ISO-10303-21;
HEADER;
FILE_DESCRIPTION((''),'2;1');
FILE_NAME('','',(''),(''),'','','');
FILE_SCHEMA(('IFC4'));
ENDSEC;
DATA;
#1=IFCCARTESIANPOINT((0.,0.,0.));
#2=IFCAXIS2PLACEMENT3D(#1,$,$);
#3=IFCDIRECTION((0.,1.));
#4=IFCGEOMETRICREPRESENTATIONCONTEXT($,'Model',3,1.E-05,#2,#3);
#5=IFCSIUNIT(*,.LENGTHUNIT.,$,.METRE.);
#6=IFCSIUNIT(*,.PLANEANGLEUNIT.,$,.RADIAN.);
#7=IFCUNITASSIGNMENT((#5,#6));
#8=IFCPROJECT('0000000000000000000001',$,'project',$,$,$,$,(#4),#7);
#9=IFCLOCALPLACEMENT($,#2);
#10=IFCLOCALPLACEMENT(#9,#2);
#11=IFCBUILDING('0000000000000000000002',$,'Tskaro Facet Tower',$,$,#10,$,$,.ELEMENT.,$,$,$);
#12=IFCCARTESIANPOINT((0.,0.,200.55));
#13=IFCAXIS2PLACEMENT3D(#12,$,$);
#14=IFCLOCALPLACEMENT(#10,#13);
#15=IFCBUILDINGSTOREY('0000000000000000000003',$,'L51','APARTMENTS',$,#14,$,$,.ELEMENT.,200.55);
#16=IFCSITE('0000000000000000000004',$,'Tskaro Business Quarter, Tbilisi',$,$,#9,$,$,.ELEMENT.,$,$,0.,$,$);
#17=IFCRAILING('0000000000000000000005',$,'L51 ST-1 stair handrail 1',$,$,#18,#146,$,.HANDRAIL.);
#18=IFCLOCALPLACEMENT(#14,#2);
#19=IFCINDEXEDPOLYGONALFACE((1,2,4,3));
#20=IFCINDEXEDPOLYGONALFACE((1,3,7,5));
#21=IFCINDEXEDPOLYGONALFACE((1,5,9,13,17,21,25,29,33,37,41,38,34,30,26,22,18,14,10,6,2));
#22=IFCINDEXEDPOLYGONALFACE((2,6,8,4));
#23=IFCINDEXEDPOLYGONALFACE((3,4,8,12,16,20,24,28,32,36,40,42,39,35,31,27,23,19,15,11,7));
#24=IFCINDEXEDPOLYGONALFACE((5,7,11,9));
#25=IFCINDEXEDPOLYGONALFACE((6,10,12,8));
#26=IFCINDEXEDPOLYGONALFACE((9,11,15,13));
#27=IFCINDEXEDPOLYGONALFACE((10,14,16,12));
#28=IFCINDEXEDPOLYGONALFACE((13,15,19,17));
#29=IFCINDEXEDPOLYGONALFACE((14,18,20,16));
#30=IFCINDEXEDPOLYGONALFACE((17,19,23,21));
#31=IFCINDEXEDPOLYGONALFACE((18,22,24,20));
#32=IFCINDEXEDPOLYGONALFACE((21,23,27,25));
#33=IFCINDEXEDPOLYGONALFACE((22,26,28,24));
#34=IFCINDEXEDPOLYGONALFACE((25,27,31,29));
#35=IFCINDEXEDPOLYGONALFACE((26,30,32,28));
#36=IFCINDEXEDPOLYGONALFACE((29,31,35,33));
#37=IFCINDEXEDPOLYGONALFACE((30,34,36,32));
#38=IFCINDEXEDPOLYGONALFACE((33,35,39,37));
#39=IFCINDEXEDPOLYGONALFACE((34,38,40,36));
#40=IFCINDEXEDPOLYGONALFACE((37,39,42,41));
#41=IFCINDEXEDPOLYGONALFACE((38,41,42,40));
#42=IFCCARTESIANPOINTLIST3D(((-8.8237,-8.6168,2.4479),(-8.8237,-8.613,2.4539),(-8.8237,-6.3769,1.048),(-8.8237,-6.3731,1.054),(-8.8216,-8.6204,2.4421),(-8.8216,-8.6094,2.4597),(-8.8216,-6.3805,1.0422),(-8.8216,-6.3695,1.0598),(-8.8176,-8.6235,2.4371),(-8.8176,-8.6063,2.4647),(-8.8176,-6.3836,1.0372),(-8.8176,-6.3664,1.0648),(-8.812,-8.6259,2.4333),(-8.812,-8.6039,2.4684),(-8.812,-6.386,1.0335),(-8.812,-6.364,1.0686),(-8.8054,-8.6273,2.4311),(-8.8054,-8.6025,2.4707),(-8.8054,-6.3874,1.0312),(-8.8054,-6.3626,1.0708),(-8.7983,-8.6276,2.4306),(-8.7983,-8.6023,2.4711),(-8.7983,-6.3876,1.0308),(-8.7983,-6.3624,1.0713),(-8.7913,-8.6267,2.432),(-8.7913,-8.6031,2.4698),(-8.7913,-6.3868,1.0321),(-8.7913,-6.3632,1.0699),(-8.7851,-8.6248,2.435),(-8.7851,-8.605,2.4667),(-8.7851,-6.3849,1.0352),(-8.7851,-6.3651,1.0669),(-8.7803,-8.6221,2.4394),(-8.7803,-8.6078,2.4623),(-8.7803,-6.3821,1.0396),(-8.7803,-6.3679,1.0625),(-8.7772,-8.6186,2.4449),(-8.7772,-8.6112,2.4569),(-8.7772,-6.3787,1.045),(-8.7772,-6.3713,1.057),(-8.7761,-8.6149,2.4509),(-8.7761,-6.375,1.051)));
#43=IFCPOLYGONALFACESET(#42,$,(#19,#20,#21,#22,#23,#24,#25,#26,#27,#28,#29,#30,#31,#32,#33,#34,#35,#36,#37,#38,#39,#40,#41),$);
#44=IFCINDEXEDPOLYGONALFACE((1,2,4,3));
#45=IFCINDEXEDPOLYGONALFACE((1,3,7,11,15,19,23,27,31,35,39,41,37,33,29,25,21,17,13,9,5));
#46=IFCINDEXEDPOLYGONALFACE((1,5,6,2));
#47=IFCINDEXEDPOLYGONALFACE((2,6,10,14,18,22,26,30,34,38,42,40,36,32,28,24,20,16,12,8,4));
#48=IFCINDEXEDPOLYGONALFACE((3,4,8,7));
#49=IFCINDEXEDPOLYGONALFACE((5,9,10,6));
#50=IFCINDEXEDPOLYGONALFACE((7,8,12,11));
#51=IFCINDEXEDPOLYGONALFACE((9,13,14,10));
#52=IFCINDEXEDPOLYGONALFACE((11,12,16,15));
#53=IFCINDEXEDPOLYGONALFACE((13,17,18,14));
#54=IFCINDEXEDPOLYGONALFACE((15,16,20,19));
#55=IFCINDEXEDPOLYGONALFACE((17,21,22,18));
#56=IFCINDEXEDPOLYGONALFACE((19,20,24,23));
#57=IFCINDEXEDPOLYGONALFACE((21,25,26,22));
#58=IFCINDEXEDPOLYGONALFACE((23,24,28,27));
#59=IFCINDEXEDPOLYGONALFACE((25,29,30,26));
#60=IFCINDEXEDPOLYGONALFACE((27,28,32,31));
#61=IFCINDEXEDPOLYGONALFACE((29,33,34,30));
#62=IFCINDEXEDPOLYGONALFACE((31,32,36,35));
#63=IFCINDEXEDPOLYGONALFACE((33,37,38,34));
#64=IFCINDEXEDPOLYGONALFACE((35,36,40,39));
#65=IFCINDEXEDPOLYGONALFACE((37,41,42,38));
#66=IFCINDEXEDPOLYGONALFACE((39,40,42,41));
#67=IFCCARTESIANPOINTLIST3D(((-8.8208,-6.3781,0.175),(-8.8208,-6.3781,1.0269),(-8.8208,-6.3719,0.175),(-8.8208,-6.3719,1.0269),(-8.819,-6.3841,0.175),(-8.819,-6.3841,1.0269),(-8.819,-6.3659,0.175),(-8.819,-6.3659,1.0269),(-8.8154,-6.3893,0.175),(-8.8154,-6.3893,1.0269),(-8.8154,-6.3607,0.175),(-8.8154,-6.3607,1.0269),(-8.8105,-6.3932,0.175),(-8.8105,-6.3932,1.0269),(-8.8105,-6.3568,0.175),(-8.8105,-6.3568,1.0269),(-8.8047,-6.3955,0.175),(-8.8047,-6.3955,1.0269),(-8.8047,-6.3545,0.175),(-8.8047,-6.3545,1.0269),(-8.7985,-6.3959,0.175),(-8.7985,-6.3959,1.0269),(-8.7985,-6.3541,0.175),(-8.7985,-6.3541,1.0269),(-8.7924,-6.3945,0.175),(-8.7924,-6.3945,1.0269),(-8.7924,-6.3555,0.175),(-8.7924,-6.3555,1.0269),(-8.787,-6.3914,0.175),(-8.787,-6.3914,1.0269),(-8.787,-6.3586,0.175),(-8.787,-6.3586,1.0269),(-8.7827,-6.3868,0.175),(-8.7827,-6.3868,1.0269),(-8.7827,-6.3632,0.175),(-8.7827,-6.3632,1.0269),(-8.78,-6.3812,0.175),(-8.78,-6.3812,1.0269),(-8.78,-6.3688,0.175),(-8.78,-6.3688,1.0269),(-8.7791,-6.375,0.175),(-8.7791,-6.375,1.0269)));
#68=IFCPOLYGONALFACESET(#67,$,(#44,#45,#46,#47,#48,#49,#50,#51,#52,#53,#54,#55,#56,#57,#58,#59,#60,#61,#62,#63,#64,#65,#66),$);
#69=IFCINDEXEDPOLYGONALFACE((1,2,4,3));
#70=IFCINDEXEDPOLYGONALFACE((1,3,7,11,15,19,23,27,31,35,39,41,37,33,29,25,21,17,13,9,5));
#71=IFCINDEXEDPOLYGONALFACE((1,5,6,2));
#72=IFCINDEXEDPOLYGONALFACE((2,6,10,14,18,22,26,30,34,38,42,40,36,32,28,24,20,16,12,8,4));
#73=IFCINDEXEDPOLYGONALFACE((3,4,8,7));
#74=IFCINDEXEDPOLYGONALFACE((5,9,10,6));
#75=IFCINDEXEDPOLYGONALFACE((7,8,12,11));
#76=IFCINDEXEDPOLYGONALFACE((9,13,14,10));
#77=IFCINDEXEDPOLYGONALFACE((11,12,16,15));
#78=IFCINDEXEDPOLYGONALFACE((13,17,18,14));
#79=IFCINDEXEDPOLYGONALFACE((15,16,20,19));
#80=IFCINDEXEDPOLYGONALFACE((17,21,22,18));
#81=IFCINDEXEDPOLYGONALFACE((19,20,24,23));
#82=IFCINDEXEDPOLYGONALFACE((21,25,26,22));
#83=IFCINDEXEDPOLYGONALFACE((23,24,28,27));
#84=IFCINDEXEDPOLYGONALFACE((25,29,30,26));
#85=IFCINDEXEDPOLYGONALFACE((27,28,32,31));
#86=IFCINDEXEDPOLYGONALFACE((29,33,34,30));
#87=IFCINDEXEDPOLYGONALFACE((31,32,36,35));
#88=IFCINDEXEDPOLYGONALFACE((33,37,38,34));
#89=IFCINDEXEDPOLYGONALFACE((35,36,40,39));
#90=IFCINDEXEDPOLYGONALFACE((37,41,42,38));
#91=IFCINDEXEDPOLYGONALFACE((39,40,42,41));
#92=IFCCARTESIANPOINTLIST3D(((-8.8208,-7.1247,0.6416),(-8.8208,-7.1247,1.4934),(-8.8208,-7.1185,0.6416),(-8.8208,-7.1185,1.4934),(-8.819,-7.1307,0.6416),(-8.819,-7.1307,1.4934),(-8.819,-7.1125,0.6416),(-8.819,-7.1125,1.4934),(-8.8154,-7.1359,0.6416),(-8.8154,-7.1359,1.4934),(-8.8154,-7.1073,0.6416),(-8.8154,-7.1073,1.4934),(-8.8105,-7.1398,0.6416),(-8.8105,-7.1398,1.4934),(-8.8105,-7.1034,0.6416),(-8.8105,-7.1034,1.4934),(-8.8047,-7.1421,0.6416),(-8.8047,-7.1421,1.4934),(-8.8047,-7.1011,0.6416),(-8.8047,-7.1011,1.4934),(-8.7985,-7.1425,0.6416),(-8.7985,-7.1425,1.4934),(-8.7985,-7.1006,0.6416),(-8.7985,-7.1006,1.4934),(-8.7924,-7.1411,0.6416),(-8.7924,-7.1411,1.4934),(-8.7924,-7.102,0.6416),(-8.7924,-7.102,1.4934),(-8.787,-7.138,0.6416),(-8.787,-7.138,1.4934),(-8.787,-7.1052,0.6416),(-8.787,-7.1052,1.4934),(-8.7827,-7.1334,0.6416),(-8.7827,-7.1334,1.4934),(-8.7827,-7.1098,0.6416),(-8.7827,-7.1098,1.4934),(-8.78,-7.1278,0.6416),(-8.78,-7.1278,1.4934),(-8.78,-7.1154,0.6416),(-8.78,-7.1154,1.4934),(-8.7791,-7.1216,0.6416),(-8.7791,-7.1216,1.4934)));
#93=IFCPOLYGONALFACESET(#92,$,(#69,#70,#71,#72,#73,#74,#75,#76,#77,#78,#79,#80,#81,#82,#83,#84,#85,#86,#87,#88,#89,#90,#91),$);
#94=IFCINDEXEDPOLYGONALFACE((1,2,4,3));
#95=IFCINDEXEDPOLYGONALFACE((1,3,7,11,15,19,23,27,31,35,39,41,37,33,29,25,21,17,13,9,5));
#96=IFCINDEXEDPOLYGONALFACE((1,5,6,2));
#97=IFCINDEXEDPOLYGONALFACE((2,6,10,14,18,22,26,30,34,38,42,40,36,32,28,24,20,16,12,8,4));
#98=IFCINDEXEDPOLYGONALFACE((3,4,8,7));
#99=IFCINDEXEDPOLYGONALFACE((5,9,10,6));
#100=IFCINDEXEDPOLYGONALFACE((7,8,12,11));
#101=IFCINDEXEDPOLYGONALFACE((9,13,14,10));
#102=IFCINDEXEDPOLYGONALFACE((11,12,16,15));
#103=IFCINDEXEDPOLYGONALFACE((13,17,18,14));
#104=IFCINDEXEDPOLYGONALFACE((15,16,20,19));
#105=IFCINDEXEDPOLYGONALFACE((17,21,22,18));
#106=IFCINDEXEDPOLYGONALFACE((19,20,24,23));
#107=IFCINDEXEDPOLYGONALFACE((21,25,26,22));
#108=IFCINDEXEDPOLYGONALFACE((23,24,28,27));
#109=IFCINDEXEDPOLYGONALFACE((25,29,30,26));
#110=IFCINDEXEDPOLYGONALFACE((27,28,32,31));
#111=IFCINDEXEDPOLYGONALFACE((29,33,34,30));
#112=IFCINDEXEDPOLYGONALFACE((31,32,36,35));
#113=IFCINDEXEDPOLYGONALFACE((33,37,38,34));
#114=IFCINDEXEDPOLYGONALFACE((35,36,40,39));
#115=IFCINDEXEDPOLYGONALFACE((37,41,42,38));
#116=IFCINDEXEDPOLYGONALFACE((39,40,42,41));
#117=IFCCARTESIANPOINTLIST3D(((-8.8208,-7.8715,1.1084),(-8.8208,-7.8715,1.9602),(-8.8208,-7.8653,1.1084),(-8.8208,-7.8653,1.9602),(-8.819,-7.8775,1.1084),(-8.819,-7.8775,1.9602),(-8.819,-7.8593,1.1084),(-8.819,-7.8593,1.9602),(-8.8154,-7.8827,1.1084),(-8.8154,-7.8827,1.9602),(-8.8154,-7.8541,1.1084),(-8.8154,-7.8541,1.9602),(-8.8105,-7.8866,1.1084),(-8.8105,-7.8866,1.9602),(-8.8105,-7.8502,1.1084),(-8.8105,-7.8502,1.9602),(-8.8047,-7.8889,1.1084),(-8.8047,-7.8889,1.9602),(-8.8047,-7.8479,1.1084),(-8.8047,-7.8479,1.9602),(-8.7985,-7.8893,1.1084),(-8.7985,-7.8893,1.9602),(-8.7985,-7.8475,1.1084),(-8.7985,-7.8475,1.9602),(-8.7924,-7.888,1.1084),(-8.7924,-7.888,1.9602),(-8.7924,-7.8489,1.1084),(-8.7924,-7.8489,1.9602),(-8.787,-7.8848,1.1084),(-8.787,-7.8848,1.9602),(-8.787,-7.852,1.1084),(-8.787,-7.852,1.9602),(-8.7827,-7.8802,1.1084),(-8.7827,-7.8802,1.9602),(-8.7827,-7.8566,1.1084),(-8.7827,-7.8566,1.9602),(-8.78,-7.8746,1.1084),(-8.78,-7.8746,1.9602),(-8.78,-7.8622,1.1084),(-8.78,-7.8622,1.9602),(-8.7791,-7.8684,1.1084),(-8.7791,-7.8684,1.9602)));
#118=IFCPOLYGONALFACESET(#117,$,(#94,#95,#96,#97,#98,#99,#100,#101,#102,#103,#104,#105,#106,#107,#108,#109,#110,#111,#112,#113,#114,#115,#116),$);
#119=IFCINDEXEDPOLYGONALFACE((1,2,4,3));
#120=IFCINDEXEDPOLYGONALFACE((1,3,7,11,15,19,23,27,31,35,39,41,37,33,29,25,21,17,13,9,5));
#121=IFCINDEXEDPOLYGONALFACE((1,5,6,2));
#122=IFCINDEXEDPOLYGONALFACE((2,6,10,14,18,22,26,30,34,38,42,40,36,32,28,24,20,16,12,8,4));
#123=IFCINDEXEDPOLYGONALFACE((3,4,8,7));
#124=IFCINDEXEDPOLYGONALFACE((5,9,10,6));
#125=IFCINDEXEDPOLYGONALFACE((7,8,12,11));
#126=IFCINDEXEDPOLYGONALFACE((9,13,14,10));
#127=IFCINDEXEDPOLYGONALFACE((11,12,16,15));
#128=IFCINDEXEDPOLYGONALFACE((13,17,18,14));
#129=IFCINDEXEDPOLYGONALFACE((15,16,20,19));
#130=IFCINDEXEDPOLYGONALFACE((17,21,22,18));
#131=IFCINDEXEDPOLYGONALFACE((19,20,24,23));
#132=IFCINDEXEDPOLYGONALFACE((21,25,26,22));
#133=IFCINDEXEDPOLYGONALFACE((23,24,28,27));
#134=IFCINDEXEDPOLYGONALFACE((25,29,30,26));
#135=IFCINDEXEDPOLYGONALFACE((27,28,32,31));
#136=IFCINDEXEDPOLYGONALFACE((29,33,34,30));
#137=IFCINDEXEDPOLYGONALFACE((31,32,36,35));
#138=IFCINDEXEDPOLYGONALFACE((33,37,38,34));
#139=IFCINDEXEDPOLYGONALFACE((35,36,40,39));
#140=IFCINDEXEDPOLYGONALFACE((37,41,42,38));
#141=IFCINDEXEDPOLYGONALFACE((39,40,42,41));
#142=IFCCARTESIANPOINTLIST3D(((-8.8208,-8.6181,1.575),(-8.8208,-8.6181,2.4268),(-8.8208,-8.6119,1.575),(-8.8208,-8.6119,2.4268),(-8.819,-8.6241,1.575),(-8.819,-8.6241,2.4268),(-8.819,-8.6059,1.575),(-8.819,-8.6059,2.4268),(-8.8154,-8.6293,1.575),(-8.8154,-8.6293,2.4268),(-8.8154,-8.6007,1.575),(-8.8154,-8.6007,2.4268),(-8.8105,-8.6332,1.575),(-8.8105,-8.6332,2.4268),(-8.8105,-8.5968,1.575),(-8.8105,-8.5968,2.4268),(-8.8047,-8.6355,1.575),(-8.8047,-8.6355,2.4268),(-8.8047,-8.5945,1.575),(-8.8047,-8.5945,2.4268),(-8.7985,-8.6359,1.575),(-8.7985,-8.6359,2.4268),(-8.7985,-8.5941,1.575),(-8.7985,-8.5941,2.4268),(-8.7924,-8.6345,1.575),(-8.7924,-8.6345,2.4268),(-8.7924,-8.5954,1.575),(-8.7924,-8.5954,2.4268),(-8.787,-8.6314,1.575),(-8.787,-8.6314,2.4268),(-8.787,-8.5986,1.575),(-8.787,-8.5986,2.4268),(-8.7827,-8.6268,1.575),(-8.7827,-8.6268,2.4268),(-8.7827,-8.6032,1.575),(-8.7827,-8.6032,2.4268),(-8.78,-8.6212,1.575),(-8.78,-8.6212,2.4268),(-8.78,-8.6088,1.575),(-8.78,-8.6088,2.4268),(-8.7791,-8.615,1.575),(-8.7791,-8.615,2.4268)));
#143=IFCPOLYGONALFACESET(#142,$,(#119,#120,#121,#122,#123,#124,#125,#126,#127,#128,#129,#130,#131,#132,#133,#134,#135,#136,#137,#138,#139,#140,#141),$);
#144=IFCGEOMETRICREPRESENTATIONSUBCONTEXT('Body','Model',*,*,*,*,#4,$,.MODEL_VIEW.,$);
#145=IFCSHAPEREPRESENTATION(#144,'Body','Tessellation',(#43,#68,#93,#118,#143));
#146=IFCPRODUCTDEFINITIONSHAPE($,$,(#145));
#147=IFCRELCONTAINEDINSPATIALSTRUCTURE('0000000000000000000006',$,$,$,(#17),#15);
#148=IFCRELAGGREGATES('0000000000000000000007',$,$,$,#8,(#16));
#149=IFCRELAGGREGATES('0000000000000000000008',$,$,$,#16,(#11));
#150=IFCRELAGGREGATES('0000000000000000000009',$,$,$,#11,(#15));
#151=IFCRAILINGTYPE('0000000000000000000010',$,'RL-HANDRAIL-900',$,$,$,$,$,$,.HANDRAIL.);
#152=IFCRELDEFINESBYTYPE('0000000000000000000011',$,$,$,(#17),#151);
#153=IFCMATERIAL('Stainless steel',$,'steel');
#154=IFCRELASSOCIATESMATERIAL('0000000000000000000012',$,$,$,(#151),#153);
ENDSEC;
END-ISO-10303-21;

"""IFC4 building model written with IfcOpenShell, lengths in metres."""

from ifc_helpers import new_model, si_unit, direction, frame, origin, origin_2d, place, context, subcontext, project, spatial, circle, extrude, material, type_object, element, save


model = new_model("IFC4")

# Units and contexts
model_context = context("Model", 3, precision=1e-05, world=origin(), true_north=direction((0.0, 1.0)))
body_context = subcontext(model_context, "Body", "Model", "MODEL_VIEW")
ifc_project = project(units=[si_unit("LENGTHUNIT", "METRE"), si_unit("PLANEANGLEUNIT", "RADIAN")], contexts=[model_context])

# Site, building, storey
site_placement = place(None, origin())
site = spatial("IfcSite", under=ifc_project, at=site_placement, Name="Tskaro Business Quarter, Tbilisi", CompositionType="ELEMENT", RefElevation=0.0)
building_placement = place(site_placement, origin())
building = spatial("IfcBuilding", under=site, at=building_placement, Name="Tskaro Facet Tower", CompositionType="ELEMENT")
storey_placement = place(building_placement, frame((0.0, 0.0, 200.55)))
storey = spatial("IfcBuildingStorey", under=building, at=storey_placement, Name="L51", Description="APARTMENTS", CompositionType="ELEMENT", Elevation=200.55)

# Railing
ifc_material_1 = material(Name="Stainless steel", Category="steel")
railing_type = type_object("IfcRailingType", Name="RL-HANDRAIL-900", PredefinedType="HANDRAIL", material=ifc_material_1)
railing_placement = place(storey_placement, frame((-8.8, -6.375, 0.175)))
element("IfcRailing", 1, at=railing_placement, inside=storey, type_object=railing_type, Name="L51 ST-1 stair handrail 1", PredefinedType="HANDRAIL", context=body_context, shape_type="SweptSolid", body=[
    extrude(circle(Radius=0.0239, at=origin_2d()), frame((0.0, 0.0, 0.876), z_axis=(0.0, -0.848014, 0.529974), x_axis=(1.0, 0.0, 0.0)), (0.0, 0.0, 1.0), 2.6414),
    extrude(circle(Radius=0.021, at=origin_2d()), origin(), (0.0, 0.0, 1.0), 0.8518),
    extrude(circle(Radius=0.021, at=origin_2d()), frame((0.0, -0.7466, 0.4666)), (0.0, 0.0, 1.0), 0.8518),
    extrude(circle(Radius=0.021, at=origin_2d()), frame((0.0, -1.4934, 0.9333)), (0.0, 0.0, 1.0), 0.8518),
    extrude(circle(Radius=0.021, at=origin_2d()), frame((0.0, -2.24, 1.3999)), (0.0, 0.0, 1.0), 0.8518),
])

save(model, "model.ifc")
